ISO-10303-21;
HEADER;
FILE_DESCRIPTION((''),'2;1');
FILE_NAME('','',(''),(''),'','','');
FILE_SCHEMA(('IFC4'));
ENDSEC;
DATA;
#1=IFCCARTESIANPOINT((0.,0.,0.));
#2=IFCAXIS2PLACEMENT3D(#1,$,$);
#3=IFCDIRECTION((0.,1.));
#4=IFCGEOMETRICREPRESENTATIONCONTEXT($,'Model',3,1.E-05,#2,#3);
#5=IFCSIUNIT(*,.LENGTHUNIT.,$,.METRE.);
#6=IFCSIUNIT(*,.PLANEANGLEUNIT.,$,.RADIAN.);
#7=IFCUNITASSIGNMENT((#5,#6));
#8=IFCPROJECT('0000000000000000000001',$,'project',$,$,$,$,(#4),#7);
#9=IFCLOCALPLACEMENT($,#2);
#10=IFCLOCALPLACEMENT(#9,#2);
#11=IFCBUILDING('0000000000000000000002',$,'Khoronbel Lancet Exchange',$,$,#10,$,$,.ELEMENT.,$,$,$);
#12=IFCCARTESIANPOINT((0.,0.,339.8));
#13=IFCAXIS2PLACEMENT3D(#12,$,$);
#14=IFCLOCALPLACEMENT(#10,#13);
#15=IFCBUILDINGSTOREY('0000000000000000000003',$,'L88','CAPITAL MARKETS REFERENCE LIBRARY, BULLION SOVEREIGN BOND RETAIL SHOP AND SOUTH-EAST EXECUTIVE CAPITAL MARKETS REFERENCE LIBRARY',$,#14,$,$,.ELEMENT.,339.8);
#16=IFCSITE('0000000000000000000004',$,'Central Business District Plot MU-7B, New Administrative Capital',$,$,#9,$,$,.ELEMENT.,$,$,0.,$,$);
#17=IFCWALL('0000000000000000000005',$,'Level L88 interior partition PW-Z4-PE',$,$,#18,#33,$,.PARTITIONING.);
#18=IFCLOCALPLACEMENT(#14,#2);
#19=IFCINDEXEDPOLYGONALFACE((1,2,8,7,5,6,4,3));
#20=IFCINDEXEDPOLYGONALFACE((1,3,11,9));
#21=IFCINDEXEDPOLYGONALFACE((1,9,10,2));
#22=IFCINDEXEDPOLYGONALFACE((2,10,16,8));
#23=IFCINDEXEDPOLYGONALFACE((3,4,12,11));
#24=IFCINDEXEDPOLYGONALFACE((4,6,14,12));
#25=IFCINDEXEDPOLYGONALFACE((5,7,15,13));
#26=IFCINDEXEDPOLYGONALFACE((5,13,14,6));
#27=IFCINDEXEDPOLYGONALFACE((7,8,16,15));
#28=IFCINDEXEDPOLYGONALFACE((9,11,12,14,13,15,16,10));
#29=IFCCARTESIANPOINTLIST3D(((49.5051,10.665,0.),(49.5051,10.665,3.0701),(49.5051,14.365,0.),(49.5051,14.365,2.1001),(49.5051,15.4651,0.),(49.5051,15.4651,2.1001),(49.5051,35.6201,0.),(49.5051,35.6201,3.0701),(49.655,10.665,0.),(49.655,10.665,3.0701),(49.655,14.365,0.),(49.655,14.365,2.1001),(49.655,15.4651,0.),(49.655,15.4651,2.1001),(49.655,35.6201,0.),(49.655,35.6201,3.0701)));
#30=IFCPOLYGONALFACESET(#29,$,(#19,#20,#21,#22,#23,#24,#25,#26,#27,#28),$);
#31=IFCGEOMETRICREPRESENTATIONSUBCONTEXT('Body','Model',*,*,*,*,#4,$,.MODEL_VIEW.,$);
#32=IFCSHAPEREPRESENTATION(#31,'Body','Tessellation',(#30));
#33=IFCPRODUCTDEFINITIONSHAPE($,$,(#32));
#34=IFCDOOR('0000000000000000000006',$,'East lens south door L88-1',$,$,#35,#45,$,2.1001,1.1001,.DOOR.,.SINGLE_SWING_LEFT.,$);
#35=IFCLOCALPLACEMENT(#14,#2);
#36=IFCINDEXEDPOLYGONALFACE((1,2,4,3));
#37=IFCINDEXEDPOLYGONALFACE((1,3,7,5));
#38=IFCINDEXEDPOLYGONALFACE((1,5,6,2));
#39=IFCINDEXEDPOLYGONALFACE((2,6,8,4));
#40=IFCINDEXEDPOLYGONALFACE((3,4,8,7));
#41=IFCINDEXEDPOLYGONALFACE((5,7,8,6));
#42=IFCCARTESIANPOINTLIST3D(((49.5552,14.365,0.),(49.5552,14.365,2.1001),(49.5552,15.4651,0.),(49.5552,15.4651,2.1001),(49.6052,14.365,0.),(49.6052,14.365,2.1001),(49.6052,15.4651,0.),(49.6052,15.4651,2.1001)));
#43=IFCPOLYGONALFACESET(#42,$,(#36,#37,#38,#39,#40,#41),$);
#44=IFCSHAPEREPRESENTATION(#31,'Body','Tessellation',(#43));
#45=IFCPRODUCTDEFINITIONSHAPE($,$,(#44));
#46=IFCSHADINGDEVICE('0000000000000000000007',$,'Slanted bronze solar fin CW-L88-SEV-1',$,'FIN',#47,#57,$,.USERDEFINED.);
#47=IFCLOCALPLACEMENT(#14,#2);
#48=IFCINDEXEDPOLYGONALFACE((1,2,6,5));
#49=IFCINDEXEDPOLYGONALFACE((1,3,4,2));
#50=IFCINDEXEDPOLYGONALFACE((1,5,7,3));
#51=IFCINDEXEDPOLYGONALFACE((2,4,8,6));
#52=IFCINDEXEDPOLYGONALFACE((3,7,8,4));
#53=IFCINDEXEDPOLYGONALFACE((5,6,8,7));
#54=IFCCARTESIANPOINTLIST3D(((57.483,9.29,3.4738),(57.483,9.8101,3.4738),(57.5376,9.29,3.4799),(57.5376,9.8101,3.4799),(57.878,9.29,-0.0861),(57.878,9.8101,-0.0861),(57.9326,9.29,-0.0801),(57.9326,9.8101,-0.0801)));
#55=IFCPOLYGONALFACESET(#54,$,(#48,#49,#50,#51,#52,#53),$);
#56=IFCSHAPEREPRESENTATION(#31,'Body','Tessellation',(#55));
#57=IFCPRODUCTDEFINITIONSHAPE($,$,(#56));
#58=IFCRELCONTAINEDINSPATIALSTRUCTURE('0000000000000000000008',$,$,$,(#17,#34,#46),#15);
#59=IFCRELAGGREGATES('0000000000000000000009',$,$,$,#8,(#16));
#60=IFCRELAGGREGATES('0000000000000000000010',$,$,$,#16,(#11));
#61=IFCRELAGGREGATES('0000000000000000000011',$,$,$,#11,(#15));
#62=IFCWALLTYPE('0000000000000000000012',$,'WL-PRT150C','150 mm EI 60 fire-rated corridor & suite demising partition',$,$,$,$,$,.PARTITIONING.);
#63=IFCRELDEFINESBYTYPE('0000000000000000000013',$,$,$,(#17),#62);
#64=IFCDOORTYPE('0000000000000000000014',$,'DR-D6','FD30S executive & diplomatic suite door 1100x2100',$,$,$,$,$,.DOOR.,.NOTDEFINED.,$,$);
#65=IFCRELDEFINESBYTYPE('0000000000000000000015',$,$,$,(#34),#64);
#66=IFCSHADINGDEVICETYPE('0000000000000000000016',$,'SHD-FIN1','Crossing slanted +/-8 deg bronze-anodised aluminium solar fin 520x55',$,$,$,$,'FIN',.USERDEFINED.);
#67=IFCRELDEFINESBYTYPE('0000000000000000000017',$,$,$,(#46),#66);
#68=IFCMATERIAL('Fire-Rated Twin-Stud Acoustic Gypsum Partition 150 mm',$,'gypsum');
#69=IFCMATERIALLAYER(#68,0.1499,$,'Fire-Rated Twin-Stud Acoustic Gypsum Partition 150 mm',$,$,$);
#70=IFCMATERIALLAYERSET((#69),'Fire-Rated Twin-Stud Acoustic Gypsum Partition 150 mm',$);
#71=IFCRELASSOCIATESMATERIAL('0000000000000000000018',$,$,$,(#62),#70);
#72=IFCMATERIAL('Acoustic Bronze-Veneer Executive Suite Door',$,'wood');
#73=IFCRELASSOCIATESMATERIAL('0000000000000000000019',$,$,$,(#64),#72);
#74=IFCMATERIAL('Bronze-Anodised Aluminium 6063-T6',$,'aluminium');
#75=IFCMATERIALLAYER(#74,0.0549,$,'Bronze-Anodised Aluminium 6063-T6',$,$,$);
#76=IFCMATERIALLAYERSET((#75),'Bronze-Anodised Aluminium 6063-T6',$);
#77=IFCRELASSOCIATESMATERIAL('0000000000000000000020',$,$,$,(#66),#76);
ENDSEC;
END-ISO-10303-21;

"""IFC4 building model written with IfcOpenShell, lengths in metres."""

from ifc_helpers import new_model, si_unit, direction, frame, frame_2d, origin, place, context, subcontext, project, spatial, polyline, rectangle, outline, extrude, material, layer, layer_set, type_object, element, fill, save


model = new_model("IFC4")

# Units and contexts
model_context = context("Model", 3, precision=1e-05, world=origin(), true_north=direction((0.0, 1.0)))
body_context = subcontext(model_context, "Body", "Model", "MODEL_VIEW")
ifc_project = project(units=[si_unit("LENGTHUNIT", "METRE"), si_unit("PLANEANGLEUNIT", "RADIAN")], contexts=[model_context])

# Site, building, storey
site_placement = place(None, origin())
site = spatial("IfcSite", under=ifc_project, at=site_placement, Name="Central Business District Plot MU-7B, New Administrative Capital", CompositionType="ELEMENT", RefElevation=0.0)
building_placement = place(site_placement, origin())
building = spatial("IfcBuilding", under=site, at=building_placement, Name="Khoronbel Lancet Exchange", CompositionType="ELEMENT")
storey_placement = place(building_placement, frame((0.0, 0.0, 339.8)))
storey = spatial("IfcBuildingStorey", under=building, at=storey_placement, Name="L88", Description="CAPITAL MARKETS REFERENCE LIBRARY, BULLION SOVEREIGN BOND RETAIL SHOP AND SOUTH-EAST EXECUTIVE CAPITAL MARKETS REFERENCE LIBRARY", CompositionType="ELEMENT", Elevation=339.8)

# Shared definitions
ifc_material_1 = material(Name="Bronze-Anodised Aluminium 6063-T6", Category="aluminium")

# Wall, opening, door
ifc_material_2 = material(Name="Fire-Rated Twin-Stud Acoustic Gypsum Partition 150 mm", Category="gypsum")
ifc_layer_1 = layer(ifc_material_2, 0.1499, Name="Fire-Rated Twin-Stud Acoustic Gypsum Partition 150 mm")
ifc_layer_set_1 = layer_set([ifc_layer_1], Name="Fire-Rated Twin-Stud Acoustic Gypsum Partition 150 mm")
wall_type_1 = type_object("IfcWallType", Name="WL-PRT150C", Description="150 mm EI 60 fire-rated corridor & suite demising partition", PredefinedType="PARTITIONING", material=ifc_layer_set_1)
wall_1_placement = place(storey_placement, frame((49.5801, 10.665, 0.0), z_axis=(0.0, 0.0, 1.0), x_axis=(0.0, 1.0, 0.0)))
wall_1 = element("IfcWall", 1, at=wall_1_placement, inside=storey, type_object=wall_type_1, Name="Level L88 interior partition PW-Z4-PE", PredefinedType="PARTITIONING", context=body_context, shape_type="SweptSolid", body=[
    extrude(rectangle(XDim=24.9551, YDim=0.1499, at=frame_2d((12.4775, 0.0))), origin(), (0.0, 0.0, 1.0), 3.0701),
])
opening_placement = place(wall_1_placement, frame((3.7, 0.0, 0.0)))
opening = element("IfcOpeningElement", 2, at=opening_placement, cuts=wall_1, PredefinedType="OPENING", context=body_context, shape_type="SweptSolid", body=[
    extrude(rectangle(XDim=1.1001, YDim=2.1001, at=frame_2d((0.55, 1.05))), frame((0.0, 0.085, 0.0), z_axis=(0.0, -1.0, 0.0), x_axis=(1.0, 0.0, 0.0)), (0.0, 0.0, 1.0), 0.1699),
])
ifc_material_3 = material(Name="Acoustic Bronze-Veneer Executive Suite Door", Category="wood")
door_type = type_object("IfcDoorType", Name="DR-D6", Description="FD30S executive & diplomatic suite door 1100x2100", OperationType="NOTDEFINED", PredefinedType="DOOR", material=ifc_material_3)
door_placement = place(opening_placement, origin())
door = element("IfcDoor", 3, at=door_placement, inside=storey, type_object=door_type, Name="East lens south door L88-1", OperationType="SINGLE_SWING_LEFT", OverallHeight=2.1001, OverallWidth=1.1001, PredefinedType="DOOR", context=body_context, shape_type="SweptSolid", body=[
    extrude(rectangle(XDim=1.1001, YDim=2.1001, at=frame_2d((0.55, 1.05))), frame((0.0, 0.0249, 0.0), z_axis=(0.0, -1.0, 0.0), x_axis=(1.0, 0.0, 0.0)), (0.0, 0.0, 1.0), 0.05),
])
fill(opening, door)

# Shading device
ifc_layer_2 = layer(ifc_material_1, 0.0549, Name="Bronze-Anodised Aluminium 6063-T6")
ifc_layer_set_2 = layer_set([ifc_layer_2], Name="Bronze-Anodised Aluminium 6063-T6")
shading_device_type = type_object("IfcShadingDeviceType", Name="SHD-FIN1", Description="Crossing slanted +/-8 deg bronze-anodised aluminium solar fin 520x55", ElementType="FIN", PredefinedType="USERDEFINED", material=ifc_layer_set_2)
shading_device_placement = place(storey_placement, frame((57.9326, 9.8101, -0.0801), z_axis=(0.9939, 0.0, 0.110282), x_axis=(0.0, -1.0, 0.0)))
element("IfcShadingDevice", 4, at=shading_device_placement, inside=storey, type_object=shading_device_type, Name="Slanted bronze solar fin CW-L88-SEV-1", ObjectType="FIN", PredefinedType="USERDEFINED", context=body_context, shape_type="SweptSolid", body=[
    extrude(outline(polyline([(0.0, 0.0), (0.52, 0.0), (0.52, -3.5818), (0.0, -3.5818), (0.0, 0.0)])), origin(), (0.0, 0.0, -1.0), 0.0549),
])

save(model, "model.ifc")
